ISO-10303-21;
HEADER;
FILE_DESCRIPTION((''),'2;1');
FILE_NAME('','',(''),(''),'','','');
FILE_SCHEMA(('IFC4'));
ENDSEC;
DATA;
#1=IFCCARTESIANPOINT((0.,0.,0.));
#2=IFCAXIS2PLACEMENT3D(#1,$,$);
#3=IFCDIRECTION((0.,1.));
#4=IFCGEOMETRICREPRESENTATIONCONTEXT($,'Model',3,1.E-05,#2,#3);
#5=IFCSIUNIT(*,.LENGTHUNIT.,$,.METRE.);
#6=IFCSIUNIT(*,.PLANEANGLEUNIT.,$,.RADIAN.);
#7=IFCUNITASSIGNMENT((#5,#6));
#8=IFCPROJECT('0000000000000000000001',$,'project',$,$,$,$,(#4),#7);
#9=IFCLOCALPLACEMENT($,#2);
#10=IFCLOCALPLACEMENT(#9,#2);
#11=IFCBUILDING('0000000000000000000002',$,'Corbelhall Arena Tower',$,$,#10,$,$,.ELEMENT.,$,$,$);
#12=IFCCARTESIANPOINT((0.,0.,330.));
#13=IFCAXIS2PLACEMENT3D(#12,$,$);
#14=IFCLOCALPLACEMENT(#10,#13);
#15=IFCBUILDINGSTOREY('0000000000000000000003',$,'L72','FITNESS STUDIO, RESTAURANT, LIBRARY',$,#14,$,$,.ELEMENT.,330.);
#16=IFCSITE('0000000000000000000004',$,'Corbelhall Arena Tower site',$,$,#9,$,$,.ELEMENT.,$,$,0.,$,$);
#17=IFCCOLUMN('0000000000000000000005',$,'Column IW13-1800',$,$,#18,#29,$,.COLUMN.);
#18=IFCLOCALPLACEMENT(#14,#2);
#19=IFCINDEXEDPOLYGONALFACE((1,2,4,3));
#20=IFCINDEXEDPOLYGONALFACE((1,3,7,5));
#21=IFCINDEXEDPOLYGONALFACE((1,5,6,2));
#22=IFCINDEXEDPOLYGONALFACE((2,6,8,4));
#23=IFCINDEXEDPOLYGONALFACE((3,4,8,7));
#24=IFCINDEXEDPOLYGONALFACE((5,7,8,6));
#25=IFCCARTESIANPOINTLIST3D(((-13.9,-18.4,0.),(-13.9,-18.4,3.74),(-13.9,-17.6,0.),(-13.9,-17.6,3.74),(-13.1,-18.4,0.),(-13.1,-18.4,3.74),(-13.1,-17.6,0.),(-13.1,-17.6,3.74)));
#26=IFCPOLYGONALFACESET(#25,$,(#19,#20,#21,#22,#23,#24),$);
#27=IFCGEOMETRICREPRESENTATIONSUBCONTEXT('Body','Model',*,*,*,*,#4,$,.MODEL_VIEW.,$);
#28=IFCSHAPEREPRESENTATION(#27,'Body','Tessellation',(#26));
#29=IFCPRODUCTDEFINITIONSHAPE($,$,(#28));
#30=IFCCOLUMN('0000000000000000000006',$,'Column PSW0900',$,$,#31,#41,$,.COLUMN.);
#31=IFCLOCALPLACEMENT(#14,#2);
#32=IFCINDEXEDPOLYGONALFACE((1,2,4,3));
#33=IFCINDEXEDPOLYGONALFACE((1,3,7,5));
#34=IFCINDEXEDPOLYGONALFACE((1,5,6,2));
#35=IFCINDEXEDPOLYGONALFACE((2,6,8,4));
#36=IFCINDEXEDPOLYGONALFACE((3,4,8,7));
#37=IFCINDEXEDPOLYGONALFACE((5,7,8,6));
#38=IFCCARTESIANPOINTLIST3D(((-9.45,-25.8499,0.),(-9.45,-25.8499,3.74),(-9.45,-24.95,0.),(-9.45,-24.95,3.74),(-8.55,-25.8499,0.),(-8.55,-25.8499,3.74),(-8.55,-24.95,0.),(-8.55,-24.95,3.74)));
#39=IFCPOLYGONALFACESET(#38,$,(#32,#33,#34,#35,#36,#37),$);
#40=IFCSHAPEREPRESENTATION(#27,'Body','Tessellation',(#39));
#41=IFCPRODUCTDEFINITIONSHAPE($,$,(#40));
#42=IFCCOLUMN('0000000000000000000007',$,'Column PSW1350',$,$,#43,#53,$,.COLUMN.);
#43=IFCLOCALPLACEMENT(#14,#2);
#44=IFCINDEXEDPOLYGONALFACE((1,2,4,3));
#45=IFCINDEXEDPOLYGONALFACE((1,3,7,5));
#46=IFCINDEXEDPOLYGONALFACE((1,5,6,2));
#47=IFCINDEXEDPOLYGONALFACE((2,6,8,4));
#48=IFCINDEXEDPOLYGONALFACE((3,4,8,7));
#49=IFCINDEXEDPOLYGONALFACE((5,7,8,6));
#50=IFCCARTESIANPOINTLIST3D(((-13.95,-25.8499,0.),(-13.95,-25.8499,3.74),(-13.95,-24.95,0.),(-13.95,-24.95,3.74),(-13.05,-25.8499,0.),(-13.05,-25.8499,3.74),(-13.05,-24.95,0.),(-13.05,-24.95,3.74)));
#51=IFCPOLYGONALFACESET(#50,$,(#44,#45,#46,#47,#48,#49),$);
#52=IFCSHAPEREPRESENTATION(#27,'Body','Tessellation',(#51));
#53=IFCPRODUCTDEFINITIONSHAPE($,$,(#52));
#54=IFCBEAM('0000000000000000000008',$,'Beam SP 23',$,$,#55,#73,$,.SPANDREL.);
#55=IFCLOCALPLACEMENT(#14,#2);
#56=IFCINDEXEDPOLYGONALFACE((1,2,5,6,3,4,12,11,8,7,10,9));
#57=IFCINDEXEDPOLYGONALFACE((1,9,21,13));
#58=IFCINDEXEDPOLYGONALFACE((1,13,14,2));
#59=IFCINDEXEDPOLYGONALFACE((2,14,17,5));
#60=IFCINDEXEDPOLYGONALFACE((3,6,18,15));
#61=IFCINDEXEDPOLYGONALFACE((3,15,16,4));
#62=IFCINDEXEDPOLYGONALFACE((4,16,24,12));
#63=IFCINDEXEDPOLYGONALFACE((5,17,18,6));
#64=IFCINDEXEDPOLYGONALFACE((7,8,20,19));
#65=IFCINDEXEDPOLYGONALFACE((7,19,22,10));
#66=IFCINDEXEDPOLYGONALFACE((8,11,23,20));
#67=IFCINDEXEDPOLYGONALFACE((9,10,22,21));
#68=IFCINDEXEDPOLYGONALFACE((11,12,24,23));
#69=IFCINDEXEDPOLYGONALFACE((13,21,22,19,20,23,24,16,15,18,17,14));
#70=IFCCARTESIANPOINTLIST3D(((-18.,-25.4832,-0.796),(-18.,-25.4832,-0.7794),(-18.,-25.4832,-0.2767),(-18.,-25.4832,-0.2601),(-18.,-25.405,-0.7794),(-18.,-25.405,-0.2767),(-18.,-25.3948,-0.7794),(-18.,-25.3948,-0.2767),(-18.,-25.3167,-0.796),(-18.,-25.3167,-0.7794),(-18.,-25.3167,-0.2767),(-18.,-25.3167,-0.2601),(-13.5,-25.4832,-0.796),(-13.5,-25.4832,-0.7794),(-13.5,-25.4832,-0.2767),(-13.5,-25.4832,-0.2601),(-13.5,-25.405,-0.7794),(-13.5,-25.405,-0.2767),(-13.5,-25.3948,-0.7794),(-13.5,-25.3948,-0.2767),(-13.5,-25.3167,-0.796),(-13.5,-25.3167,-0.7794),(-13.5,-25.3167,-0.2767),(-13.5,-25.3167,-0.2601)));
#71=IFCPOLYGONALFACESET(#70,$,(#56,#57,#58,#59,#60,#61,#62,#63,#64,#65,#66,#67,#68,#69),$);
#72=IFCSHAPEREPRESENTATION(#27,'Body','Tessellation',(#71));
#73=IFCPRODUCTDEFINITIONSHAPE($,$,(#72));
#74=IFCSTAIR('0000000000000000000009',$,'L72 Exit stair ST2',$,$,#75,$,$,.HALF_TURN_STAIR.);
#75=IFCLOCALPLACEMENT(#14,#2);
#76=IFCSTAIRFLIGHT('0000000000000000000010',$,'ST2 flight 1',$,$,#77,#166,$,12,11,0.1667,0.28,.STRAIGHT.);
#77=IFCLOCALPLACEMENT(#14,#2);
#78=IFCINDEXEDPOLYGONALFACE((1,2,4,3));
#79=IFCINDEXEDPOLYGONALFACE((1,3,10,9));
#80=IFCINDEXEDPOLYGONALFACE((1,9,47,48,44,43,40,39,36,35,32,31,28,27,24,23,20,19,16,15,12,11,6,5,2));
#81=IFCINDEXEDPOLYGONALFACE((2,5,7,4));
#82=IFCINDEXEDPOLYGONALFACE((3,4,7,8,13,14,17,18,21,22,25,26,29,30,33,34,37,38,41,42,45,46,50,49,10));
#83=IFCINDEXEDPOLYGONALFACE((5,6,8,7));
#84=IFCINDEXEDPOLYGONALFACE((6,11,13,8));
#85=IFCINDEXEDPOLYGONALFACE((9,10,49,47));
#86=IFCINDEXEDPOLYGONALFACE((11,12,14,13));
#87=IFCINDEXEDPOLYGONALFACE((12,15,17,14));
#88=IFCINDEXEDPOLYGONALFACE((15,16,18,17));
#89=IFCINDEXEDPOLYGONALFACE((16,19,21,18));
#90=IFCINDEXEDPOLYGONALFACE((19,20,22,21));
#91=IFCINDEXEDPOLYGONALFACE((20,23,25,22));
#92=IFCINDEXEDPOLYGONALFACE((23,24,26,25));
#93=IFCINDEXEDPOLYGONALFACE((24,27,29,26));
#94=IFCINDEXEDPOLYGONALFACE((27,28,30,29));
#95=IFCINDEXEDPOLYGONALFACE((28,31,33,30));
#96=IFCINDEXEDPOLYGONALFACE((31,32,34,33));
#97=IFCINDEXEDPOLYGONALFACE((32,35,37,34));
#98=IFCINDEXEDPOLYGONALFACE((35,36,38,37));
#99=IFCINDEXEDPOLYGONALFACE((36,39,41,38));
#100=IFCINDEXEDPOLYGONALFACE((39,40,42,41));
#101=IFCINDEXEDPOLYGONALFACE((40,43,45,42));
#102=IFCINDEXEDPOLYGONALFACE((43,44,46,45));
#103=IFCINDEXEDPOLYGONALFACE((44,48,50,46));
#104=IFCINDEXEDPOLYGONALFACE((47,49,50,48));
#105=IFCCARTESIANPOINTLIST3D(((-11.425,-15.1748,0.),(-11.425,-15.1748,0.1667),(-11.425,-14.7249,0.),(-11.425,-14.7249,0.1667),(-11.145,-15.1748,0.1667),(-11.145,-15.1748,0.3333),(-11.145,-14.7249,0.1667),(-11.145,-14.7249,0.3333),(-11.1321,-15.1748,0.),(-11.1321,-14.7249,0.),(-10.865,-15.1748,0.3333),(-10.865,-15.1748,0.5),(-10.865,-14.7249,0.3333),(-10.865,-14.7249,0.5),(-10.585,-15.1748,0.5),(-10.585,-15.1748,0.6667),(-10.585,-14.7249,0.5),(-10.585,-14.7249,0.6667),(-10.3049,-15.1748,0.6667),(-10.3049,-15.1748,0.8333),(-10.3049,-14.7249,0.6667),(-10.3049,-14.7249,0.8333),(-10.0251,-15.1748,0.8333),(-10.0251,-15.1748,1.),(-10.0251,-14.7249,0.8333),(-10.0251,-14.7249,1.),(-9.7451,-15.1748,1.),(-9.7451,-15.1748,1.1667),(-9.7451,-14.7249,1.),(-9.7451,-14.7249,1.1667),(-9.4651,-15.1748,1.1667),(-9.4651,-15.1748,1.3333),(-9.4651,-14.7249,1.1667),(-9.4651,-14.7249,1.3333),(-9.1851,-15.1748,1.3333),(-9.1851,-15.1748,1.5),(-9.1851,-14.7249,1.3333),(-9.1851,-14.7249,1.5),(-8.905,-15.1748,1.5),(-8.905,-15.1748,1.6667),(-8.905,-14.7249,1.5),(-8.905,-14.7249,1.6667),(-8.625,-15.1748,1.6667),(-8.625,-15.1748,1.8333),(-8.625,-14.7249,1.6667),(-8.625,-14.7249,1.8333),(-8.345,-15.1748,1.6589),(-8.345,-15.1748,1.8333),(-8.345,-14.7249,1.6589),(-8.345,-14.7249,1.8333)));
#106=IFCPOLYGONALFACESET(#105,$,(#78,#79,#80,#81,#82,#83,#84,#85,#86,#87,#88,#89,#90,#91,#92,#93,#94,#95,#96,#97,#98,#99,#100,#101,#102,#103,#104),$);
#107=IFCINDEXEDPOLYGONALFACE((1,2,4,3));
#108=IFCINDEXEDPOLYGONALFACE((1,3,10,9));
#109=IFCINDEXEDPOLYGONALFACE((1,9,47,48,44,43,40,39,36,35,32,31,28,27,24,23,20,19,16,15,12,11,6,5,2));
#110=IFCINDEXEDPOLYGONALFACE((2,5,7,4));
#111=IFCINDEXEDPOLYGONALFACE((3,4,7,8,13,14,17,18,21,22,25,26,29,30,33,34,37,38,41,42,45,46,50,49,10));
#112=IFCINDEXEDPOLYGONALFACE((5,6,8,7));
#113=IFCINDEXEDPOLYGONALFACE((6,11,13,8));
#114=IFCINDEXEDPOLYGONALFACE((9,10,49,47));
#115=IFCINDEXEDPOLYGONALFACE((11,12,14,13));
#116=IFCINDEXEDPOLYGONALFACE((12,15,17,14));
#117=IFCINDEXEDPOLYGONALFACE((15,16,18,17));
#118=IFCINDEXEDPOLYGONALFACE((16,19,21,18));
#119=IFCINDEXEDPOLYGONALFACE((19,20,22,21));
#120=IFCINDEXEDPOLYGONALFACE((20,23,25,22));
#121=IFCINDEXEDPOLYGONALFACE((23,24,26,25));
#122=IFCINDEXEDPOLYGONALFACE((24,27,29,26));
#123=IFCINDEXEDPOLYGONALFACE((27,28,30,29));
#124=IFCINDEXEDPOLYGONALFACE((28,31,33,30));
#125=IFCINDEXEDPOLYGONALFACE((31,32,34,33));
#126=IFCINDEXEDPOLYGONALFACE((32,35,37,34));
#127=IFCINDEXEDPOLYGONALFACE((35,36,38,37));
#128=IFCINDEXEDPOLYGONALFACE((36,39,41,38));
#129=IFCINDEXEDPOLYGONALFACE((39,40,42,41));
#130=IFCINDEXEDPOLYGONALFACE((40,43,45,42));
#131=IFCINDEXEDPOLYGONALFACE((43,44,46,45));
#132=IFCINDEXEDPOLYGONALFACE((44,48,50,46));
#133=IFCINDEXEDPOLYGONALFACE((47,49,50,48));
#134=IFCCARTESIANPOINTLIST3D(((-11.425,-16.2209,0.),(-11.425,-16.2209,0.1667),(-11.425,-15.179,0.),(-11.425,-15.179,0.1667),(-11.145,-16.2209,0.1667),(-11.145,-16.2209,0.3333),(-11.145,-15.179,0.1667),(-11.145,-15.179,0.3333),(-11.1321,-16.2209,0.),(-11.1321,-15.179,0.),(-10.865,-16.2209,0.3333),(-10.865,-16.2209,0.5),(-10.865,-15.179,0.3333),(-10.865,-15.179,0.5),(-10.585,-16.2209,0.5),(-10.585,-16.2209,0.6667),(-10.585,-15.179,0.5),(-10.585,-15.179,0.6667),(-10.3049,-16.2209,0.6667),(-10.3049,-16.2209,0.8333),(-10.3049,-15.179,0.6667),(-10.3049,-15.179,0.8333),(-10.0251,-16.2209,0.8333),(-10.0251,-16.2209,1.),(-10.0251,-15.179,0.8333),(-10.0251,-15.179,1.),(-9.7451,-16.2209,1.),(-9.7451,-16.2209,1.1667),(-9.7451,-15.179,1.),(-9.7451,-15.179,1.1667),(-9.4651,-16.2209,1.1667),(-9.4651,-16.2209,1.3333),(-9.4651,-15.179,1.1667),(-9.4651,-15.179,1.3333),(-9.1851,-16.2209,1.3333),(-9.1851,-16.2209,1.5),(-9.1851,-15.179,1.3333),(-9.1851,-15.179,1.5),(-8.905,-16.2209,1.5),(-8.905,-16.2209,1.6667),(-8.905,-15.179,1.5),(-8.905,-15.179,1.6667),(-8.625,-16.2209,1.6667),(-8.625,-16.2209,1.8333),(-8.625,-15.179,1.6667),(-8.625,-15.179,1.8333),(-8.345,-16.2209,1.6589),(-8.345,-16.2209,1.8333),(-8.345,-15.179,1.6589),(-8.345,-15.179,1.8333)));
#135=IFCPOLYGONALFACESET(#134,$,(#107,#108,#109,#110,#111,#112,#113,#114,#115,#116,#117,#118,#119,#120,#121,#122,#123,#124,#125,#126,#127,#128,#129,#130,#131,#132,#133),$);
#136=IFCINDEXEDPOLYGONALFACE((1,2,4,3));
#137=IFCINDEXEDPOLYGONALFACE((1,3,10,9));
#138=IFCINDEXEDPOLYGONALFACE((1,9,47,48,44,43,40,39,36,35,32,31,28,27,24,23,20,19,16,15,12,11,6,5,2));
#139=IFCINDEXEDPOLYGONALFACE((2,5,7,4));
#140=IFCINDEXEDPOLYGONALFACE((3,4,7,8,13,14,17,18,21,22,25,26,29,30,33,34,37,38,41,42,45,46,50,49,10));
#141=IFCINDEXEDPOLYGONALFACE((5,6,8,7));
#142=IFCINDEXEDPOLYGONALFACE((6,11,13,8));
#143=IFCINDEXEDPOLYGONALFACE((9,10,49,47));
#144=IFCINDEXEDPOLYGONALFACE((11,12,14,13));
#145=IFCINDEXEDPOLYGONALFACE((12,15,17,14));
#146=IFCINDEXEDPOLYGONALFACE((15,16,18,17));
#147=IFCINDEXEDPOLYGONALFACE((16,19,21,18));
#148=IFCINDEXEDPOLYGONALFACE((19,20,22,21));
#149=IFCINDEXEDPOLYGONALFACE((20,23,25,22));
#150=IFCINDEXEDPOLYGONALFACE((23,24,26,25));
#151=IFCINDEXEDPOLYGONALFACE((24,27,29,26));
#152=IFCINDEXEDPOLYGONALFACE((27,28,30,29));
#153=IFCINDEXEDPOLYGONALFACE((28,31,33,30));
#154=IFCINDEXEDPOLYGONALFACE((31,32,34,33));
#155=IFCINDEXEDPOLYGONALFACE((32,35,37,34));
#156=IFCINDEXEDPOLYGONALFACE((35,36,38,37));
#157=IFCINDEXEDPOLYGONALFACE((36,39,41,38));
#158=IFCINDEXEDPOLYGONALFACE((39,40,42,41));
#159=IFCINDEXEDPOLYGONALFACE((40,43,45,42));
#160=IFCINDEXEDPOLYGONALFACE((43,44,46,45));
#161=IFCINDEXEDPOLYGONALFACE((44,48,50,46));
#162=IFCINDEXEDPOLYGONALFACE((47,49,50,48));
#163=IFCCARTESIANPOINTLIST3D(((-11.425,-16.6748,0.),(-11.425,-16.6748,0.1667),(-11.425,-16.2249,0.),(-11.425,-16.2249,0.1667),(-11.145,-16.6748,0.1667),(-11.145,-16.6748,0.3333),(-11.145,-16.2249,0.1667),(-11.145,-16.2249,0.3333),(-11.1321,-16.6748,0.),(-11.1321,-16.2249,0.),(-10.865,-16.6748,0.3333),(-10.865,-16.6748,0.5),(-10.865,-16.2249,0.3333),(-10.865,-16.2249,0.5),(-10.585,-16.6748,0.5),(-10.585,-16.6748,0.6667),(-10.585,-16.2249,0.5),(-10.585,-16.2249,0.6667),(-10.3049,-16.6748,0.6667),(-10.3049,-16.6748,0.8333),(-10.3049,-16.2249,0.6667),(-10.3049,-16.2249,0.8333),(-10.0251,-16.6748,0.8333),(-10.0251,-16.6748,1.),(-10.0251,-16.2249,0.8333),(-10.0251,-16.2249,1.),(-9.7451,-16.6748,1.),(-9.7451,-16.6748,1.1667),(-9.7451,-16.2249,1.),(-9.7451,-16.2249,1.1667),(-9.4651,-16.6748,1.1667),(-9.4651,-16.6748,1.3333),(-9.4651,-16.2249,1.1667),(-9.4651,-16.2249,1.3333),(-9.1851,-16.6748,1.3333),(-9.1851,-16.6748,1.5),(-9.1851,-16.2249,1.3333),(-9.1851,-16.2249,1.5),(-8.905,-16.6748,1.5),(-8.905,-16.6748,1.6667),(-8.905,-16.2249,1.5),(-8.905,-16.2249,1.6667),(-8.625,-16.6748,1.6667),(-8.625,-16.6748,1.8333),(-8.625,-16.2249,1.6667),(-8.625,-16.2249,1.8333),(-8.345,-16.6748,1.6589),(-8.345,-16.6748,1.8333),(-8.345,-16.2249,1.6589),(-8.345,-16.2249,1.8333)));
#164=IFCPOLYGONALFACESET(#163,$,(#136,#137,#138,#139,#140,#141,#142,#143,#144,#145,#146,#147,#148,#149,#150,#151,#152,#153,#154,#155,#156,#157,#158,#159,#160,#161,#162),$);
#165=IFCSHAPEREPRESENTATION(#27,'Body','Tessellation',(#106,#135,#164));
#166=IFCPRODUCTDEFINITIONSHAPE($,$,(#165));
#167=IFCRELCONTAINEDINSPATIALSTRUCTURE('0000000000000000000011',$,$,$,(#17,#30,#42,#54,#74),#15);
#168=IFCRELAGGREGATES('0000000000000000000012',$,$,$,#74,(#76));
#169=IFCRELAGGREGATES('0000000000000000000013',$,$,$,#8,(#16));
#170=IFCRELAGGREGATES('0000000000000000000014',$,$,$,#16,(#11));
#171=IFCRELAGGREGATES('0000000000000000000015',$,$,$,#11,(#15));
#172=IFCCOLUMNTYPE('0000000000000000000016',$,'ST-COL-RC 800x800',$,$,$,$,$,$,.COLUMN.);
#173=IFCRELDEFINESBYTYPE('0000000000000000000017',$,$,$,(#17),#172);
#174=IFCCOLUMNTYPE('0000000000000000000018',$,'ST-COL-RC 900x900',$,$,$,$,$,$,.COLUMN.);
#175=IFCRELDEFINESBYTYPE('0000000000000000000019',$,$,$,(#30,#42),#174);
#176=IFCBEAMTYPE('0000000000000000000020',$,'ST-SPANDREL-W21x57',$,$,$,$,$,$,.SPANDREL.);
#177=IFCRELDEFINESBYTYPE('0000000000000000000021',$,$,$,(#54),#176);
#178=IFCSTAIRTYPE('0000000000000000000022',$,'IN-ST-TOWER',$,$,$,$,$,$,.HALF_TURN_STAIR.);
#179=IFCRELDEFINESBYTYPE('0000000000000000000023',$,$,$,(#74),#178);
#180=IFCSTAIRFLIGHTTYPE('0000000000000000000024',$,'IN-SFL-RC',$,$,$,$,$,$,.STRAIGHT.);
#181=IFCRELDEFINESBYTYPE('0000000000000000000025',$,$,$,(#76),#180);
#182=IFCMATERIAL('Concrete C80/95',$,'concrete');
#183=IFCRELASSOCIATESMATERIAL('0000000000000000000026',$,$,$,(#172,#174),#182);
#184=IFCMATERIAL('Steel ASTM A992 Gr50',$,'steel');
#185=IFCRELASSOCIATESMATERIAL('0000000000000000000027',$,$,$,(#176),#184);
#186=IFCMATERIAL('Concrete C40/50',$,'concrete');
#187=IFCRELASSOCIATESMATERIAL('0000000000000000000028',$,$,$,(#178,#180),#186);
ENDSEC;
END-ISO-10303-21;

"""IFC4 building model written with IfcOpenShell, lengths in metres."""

from ifc_helpers import new_model, si_unit, direction, frame, origin, origin_2d, place, context, subcontext, project, spatial, polyline, rectangle, i_section, outline, extrude, material, material_profile, profile_set, type_object, element, aggregate, save


model = new_model("IFC4")

# Units and contexts
model_context = context("Model", 3, precision=1e-05, world=origin(), true_north=direction((0.0, 1.0)))
body_context = subcontext(model_context, "Body", "Model", "MODEL_VIEW")
ifc_project = project(units=[si_unit("LENGTHUNIT", "METRE"), si_unit("PLANEANGLEUNIT", "RADIAN")], contexts=[model_context])

# Site, building, storey
site_placement = place(None, origin())
site = spatial("IfcSite", under=ifc_project, at=site_placement, Name="Corbelhall Arena Tower site", CompositionType="ELEMENT", RefElevation=0.0)
building_placement = place(site_placement, origin())
building = spatial("IfcBuilding", under=site, at=building_placement, Name="Corbelhall Arena Tower", CompositionType="ELEMENT")
storey_placement = place(building_placement, frame((0.0, 0.0, 330.0)))
storey = spatial("IfcBuildingStorey", under=building, at=storey_placement, Name="L72", Description="FITNESS STUDIO, RESTAURANT, LIBRARY", CompositionType="ELEMENT", Elevation=330.0)

# Columns
ifc_material_1 = material(Name="Concrete C80/95", Category="concrete")
ifc_material_profile_1 = material_profile(ifc_material_1, rectangle(XDim=0.8, YDim=0.8, at=origin_2d()))
ifc_profile_set_1 = profile_set([ifc_material_profile_1], Name="Concrete C80/95")
column_type_1 = type_object("IfcColumnType", Name="ST-COL-RC 800x800", PredefinedType="COLUMN", material=ifc_profile_set_1)
column_placement = place(storey_placement, frame((-13.5, -18.0, 0.0), z_axis=(0.0, 0.0, 1.0), x_axis=(1.0, 0.0, 0.0)))
element("IfcColumn", 1, at=column_placement, inside=storey, type_object=column_type_1, Name="Column IW13-1800", PredefinedType="COLUMN", context=body_context, shape_type="SweptSolid", body=[
    extrude(rectangle(XDim=0.8, YDim=0.8, at=origin_2d()), origin(), (0.0, 0.0, 1.0), 3.74),
])
ifc_material_profile_2 = material_profile(ifc_material_1, rectangle(XDim=0.8999, YDim=0.8999, at=origin_2d()))
ifc_profile_set_2 = profile_set([ifc_material_profile_2], Name="Concrete C80/95")
column_type_2 = type_object("IfcColumnType", Name="ST-COL-RC 900x900", PredefinedType="COLUMN", material=ifc_profile_set_2)
for number, where, z_axis, x_axis, name in (
    (2, (-9.0, -25.3999, 0.0), (0.0, 0.0, 1.0), (1.0, 0.0, 0.0), "Column PSW0900"),
    (3, (-13.5, -25.3999, 0.0), (0.0, 0.0, 1.0), (1.0, 0.0, 0.0), "Column PSW1350"),
):
    element("IfcColumn", number, at=place(storey_placement, frame(where, z_axis=z_axis, x_axis=x_axis)), inside=storey, type_object=column_type_2, Name=name, PredefinedType="COLUMN", context=body_context, shape_type="SweptSolid", body=[
        extrude(rectangle(XDim=0.8999, YDim=0.8999, at=origin_2d()), origin(), (0.0, 0.0, 1.0), 3.74),
    ])

# Beam
ifc_material_2 = material(Name="Steel ASTM A992 Gr50", Category="steel")
ifc_material_profile_3 = material_profile(ifc_material_2, i_section(OverallWidth=0.1665, OverallDepth=0.5359, WebThickness=0.0103, FlangeThickness=0.0166, at=origin_2d()))
ifc_profile_set_3 = profile_set([ifc_material_profile_3], Name="Steel ASTM A992 Gr50")
beam_type = type_object("IfcBeamType", Name="ST-SPANDREL-W21x57", PredefinedType="SPANDREL", material=ifc_profile_set_3)
beam_placement = place(storey_placement, frame((-13.5, -25.3999, -0.5281), z_axis=(-1.0, 0.0, 0.0), x_axis=(0.0, -1.0, 0.0)))
element("IfcBeam", 4, at=beam_placement, inside=storey, type_object=beam_type, Name="Beam SP 23", PredefinedType="SPANDREL", context=body_context, shape_type="SweptSolid", body=[
    extrude(i_section(OverallWidth=0.1665, OverallDepth=0.5359, WebThickness=0.0103, FlangeThickness=0.0166, at=origin_2d()), origin(), (0.0, 0.0, 1.0), 4.5),
])

# Stair, stair flight
ifc_material_3 = material(Name="Concrete C40/50", Category="concrete")
stair_type = type_object("IfcStairType", Name="IN-ST-TOWER", PredefinedType="HALF_TURN_STAIR", material=ifc_material_3)
stair_placement = place(storey_placement, origin())
stair = element("IfcStair", 5, at=stair_placement, inside=storey, type_object=stair_type, Name="L72 Exit stair ST2", PredefinedType="HALF_TURN_STAIR")
stair_flight_type = type_object("IfcStairFlightType", Name="IN-SFL-RC", PredefinedType="STRAIGHT", material=ifc_material_3)
stair_flight_placement = place(storey_placement, frame((-11.425, -15.7, 0.0), z_axis=(0.0, 0.0, 1.0), x_axis=(1.0, 0.0, 0.0)))
stair_flight = element("IfcStairFlight", 6, at=stair_flight_placement, type_object=stair_flight_type, Name="ST2 flight 1", NumberOfRisers=12, NumberOfTreads=11, PredefinedType="STRAIGHT", RiserHeight=0.1667, TreadLength=0.28, context=body_context, shape_type="SweptSolid", body=[
    extrude(outline(polyline([(0.0, 0.0), (0.0, 0.1667), (0.28, 0.1667), (0.28, 0.3333), (0.5601, 0.3333), (0.5601, 0.5), (0.8401, 0.5), (0.8401, 0.6667), (1.1201, 0.6667), (1.1201, 0.8333), (1.3999, 0.8333), (1.3999, 1.0), (1.6799, 1.0), (1.6799, 1.1667), (1.96, 1.1667), (1.96, 1.3333), (2.24, 1.3333), (2.24, 1.5), (2.52, 1.5), (2.52, 1.6667), (2.8, 1.6667), (2.8, 1.8333), (3.0801, 1.8333), (3.0801, 2.0), (3.0801, 1.6589), (0.293, 0.0), (0.0, 0.0)])), frame((0.0, 0.9751, 0.0), z_axis=(0.0, -1.0, 0.0), x_axis=(1.0, 0.0, 0.0)), (0.0, 0.0, 1.0), 0.45),
    extrude(outline(polyline([(0.0, 0.0), (0.0, 0.1667), (0.28, 0.1667), (0.28, 0.3333), (0.5601, 0.3333), (0.5601, 0.5), (0.8401, 0.5), (0.8401, 0.6667), (1.1201, 0.6667), (1.1201, 0.8333), (1.3999, 0.8333), (1.3999, 1.0), (1.6799, 1.0), (1.6799, 1.1667), (1.96, 1.1667), (1.96, 1.3333), (2.24, 1.3333), (2.24, 1.5), (2.52, 1.5), (2.52, 1.6667), (2.8, 1.6667), (2.8, 1.8333), (3.0801, 1.8333), (3.0801, 2.0), (3.0801, 1.6589), (0.293, 0.0), (0.0, 0.0)])), frame((0.0, 0.521, 0.0), z_axis=(0.0, -1.0, 0.0), x_axis=(1.0, 0.0, 0.0)), (0.0, 0.0, 1.0), 1.042),
    extrude(outline(polyline([(0.0, 0.0), (0.0, 0.1667), (0.28, 0.1667), (0.28, 0.3333), (0.5601, 0.3333), (0.5601, 0.5), (0.8401, 0.5), (0.8401, 0.6667), (1.1201, 0.6667), (1.1201, 0.8333), (1.3999, 0.8333), (1.3999, 1.0), (1.6799, 1.0), (1.6799, 1.1667), (1.96, 1.1667), (1.96, 1.3333), (2.24, 1.3333), (2.24, 1.5), (2.52, 1.5), (2.52, 1.6667), (2.8, 1.6667), (2.8, 1.8333), (3.0801, 1.8333), (3.0801, 2.0), (3.0801, 1.6589), (0.293, 0.0), (0.0, 0.0)])), frame((0.0, -0.5249, 0.0), z_axis=(0.0, -1.0, 0.0), x_axis=(1.0, 0.0, 0.0)), (0.0, 0.0, 1.0), 0.45),
])
aggregate(stair, [stair_flight])

save(model, "model.ifc")
